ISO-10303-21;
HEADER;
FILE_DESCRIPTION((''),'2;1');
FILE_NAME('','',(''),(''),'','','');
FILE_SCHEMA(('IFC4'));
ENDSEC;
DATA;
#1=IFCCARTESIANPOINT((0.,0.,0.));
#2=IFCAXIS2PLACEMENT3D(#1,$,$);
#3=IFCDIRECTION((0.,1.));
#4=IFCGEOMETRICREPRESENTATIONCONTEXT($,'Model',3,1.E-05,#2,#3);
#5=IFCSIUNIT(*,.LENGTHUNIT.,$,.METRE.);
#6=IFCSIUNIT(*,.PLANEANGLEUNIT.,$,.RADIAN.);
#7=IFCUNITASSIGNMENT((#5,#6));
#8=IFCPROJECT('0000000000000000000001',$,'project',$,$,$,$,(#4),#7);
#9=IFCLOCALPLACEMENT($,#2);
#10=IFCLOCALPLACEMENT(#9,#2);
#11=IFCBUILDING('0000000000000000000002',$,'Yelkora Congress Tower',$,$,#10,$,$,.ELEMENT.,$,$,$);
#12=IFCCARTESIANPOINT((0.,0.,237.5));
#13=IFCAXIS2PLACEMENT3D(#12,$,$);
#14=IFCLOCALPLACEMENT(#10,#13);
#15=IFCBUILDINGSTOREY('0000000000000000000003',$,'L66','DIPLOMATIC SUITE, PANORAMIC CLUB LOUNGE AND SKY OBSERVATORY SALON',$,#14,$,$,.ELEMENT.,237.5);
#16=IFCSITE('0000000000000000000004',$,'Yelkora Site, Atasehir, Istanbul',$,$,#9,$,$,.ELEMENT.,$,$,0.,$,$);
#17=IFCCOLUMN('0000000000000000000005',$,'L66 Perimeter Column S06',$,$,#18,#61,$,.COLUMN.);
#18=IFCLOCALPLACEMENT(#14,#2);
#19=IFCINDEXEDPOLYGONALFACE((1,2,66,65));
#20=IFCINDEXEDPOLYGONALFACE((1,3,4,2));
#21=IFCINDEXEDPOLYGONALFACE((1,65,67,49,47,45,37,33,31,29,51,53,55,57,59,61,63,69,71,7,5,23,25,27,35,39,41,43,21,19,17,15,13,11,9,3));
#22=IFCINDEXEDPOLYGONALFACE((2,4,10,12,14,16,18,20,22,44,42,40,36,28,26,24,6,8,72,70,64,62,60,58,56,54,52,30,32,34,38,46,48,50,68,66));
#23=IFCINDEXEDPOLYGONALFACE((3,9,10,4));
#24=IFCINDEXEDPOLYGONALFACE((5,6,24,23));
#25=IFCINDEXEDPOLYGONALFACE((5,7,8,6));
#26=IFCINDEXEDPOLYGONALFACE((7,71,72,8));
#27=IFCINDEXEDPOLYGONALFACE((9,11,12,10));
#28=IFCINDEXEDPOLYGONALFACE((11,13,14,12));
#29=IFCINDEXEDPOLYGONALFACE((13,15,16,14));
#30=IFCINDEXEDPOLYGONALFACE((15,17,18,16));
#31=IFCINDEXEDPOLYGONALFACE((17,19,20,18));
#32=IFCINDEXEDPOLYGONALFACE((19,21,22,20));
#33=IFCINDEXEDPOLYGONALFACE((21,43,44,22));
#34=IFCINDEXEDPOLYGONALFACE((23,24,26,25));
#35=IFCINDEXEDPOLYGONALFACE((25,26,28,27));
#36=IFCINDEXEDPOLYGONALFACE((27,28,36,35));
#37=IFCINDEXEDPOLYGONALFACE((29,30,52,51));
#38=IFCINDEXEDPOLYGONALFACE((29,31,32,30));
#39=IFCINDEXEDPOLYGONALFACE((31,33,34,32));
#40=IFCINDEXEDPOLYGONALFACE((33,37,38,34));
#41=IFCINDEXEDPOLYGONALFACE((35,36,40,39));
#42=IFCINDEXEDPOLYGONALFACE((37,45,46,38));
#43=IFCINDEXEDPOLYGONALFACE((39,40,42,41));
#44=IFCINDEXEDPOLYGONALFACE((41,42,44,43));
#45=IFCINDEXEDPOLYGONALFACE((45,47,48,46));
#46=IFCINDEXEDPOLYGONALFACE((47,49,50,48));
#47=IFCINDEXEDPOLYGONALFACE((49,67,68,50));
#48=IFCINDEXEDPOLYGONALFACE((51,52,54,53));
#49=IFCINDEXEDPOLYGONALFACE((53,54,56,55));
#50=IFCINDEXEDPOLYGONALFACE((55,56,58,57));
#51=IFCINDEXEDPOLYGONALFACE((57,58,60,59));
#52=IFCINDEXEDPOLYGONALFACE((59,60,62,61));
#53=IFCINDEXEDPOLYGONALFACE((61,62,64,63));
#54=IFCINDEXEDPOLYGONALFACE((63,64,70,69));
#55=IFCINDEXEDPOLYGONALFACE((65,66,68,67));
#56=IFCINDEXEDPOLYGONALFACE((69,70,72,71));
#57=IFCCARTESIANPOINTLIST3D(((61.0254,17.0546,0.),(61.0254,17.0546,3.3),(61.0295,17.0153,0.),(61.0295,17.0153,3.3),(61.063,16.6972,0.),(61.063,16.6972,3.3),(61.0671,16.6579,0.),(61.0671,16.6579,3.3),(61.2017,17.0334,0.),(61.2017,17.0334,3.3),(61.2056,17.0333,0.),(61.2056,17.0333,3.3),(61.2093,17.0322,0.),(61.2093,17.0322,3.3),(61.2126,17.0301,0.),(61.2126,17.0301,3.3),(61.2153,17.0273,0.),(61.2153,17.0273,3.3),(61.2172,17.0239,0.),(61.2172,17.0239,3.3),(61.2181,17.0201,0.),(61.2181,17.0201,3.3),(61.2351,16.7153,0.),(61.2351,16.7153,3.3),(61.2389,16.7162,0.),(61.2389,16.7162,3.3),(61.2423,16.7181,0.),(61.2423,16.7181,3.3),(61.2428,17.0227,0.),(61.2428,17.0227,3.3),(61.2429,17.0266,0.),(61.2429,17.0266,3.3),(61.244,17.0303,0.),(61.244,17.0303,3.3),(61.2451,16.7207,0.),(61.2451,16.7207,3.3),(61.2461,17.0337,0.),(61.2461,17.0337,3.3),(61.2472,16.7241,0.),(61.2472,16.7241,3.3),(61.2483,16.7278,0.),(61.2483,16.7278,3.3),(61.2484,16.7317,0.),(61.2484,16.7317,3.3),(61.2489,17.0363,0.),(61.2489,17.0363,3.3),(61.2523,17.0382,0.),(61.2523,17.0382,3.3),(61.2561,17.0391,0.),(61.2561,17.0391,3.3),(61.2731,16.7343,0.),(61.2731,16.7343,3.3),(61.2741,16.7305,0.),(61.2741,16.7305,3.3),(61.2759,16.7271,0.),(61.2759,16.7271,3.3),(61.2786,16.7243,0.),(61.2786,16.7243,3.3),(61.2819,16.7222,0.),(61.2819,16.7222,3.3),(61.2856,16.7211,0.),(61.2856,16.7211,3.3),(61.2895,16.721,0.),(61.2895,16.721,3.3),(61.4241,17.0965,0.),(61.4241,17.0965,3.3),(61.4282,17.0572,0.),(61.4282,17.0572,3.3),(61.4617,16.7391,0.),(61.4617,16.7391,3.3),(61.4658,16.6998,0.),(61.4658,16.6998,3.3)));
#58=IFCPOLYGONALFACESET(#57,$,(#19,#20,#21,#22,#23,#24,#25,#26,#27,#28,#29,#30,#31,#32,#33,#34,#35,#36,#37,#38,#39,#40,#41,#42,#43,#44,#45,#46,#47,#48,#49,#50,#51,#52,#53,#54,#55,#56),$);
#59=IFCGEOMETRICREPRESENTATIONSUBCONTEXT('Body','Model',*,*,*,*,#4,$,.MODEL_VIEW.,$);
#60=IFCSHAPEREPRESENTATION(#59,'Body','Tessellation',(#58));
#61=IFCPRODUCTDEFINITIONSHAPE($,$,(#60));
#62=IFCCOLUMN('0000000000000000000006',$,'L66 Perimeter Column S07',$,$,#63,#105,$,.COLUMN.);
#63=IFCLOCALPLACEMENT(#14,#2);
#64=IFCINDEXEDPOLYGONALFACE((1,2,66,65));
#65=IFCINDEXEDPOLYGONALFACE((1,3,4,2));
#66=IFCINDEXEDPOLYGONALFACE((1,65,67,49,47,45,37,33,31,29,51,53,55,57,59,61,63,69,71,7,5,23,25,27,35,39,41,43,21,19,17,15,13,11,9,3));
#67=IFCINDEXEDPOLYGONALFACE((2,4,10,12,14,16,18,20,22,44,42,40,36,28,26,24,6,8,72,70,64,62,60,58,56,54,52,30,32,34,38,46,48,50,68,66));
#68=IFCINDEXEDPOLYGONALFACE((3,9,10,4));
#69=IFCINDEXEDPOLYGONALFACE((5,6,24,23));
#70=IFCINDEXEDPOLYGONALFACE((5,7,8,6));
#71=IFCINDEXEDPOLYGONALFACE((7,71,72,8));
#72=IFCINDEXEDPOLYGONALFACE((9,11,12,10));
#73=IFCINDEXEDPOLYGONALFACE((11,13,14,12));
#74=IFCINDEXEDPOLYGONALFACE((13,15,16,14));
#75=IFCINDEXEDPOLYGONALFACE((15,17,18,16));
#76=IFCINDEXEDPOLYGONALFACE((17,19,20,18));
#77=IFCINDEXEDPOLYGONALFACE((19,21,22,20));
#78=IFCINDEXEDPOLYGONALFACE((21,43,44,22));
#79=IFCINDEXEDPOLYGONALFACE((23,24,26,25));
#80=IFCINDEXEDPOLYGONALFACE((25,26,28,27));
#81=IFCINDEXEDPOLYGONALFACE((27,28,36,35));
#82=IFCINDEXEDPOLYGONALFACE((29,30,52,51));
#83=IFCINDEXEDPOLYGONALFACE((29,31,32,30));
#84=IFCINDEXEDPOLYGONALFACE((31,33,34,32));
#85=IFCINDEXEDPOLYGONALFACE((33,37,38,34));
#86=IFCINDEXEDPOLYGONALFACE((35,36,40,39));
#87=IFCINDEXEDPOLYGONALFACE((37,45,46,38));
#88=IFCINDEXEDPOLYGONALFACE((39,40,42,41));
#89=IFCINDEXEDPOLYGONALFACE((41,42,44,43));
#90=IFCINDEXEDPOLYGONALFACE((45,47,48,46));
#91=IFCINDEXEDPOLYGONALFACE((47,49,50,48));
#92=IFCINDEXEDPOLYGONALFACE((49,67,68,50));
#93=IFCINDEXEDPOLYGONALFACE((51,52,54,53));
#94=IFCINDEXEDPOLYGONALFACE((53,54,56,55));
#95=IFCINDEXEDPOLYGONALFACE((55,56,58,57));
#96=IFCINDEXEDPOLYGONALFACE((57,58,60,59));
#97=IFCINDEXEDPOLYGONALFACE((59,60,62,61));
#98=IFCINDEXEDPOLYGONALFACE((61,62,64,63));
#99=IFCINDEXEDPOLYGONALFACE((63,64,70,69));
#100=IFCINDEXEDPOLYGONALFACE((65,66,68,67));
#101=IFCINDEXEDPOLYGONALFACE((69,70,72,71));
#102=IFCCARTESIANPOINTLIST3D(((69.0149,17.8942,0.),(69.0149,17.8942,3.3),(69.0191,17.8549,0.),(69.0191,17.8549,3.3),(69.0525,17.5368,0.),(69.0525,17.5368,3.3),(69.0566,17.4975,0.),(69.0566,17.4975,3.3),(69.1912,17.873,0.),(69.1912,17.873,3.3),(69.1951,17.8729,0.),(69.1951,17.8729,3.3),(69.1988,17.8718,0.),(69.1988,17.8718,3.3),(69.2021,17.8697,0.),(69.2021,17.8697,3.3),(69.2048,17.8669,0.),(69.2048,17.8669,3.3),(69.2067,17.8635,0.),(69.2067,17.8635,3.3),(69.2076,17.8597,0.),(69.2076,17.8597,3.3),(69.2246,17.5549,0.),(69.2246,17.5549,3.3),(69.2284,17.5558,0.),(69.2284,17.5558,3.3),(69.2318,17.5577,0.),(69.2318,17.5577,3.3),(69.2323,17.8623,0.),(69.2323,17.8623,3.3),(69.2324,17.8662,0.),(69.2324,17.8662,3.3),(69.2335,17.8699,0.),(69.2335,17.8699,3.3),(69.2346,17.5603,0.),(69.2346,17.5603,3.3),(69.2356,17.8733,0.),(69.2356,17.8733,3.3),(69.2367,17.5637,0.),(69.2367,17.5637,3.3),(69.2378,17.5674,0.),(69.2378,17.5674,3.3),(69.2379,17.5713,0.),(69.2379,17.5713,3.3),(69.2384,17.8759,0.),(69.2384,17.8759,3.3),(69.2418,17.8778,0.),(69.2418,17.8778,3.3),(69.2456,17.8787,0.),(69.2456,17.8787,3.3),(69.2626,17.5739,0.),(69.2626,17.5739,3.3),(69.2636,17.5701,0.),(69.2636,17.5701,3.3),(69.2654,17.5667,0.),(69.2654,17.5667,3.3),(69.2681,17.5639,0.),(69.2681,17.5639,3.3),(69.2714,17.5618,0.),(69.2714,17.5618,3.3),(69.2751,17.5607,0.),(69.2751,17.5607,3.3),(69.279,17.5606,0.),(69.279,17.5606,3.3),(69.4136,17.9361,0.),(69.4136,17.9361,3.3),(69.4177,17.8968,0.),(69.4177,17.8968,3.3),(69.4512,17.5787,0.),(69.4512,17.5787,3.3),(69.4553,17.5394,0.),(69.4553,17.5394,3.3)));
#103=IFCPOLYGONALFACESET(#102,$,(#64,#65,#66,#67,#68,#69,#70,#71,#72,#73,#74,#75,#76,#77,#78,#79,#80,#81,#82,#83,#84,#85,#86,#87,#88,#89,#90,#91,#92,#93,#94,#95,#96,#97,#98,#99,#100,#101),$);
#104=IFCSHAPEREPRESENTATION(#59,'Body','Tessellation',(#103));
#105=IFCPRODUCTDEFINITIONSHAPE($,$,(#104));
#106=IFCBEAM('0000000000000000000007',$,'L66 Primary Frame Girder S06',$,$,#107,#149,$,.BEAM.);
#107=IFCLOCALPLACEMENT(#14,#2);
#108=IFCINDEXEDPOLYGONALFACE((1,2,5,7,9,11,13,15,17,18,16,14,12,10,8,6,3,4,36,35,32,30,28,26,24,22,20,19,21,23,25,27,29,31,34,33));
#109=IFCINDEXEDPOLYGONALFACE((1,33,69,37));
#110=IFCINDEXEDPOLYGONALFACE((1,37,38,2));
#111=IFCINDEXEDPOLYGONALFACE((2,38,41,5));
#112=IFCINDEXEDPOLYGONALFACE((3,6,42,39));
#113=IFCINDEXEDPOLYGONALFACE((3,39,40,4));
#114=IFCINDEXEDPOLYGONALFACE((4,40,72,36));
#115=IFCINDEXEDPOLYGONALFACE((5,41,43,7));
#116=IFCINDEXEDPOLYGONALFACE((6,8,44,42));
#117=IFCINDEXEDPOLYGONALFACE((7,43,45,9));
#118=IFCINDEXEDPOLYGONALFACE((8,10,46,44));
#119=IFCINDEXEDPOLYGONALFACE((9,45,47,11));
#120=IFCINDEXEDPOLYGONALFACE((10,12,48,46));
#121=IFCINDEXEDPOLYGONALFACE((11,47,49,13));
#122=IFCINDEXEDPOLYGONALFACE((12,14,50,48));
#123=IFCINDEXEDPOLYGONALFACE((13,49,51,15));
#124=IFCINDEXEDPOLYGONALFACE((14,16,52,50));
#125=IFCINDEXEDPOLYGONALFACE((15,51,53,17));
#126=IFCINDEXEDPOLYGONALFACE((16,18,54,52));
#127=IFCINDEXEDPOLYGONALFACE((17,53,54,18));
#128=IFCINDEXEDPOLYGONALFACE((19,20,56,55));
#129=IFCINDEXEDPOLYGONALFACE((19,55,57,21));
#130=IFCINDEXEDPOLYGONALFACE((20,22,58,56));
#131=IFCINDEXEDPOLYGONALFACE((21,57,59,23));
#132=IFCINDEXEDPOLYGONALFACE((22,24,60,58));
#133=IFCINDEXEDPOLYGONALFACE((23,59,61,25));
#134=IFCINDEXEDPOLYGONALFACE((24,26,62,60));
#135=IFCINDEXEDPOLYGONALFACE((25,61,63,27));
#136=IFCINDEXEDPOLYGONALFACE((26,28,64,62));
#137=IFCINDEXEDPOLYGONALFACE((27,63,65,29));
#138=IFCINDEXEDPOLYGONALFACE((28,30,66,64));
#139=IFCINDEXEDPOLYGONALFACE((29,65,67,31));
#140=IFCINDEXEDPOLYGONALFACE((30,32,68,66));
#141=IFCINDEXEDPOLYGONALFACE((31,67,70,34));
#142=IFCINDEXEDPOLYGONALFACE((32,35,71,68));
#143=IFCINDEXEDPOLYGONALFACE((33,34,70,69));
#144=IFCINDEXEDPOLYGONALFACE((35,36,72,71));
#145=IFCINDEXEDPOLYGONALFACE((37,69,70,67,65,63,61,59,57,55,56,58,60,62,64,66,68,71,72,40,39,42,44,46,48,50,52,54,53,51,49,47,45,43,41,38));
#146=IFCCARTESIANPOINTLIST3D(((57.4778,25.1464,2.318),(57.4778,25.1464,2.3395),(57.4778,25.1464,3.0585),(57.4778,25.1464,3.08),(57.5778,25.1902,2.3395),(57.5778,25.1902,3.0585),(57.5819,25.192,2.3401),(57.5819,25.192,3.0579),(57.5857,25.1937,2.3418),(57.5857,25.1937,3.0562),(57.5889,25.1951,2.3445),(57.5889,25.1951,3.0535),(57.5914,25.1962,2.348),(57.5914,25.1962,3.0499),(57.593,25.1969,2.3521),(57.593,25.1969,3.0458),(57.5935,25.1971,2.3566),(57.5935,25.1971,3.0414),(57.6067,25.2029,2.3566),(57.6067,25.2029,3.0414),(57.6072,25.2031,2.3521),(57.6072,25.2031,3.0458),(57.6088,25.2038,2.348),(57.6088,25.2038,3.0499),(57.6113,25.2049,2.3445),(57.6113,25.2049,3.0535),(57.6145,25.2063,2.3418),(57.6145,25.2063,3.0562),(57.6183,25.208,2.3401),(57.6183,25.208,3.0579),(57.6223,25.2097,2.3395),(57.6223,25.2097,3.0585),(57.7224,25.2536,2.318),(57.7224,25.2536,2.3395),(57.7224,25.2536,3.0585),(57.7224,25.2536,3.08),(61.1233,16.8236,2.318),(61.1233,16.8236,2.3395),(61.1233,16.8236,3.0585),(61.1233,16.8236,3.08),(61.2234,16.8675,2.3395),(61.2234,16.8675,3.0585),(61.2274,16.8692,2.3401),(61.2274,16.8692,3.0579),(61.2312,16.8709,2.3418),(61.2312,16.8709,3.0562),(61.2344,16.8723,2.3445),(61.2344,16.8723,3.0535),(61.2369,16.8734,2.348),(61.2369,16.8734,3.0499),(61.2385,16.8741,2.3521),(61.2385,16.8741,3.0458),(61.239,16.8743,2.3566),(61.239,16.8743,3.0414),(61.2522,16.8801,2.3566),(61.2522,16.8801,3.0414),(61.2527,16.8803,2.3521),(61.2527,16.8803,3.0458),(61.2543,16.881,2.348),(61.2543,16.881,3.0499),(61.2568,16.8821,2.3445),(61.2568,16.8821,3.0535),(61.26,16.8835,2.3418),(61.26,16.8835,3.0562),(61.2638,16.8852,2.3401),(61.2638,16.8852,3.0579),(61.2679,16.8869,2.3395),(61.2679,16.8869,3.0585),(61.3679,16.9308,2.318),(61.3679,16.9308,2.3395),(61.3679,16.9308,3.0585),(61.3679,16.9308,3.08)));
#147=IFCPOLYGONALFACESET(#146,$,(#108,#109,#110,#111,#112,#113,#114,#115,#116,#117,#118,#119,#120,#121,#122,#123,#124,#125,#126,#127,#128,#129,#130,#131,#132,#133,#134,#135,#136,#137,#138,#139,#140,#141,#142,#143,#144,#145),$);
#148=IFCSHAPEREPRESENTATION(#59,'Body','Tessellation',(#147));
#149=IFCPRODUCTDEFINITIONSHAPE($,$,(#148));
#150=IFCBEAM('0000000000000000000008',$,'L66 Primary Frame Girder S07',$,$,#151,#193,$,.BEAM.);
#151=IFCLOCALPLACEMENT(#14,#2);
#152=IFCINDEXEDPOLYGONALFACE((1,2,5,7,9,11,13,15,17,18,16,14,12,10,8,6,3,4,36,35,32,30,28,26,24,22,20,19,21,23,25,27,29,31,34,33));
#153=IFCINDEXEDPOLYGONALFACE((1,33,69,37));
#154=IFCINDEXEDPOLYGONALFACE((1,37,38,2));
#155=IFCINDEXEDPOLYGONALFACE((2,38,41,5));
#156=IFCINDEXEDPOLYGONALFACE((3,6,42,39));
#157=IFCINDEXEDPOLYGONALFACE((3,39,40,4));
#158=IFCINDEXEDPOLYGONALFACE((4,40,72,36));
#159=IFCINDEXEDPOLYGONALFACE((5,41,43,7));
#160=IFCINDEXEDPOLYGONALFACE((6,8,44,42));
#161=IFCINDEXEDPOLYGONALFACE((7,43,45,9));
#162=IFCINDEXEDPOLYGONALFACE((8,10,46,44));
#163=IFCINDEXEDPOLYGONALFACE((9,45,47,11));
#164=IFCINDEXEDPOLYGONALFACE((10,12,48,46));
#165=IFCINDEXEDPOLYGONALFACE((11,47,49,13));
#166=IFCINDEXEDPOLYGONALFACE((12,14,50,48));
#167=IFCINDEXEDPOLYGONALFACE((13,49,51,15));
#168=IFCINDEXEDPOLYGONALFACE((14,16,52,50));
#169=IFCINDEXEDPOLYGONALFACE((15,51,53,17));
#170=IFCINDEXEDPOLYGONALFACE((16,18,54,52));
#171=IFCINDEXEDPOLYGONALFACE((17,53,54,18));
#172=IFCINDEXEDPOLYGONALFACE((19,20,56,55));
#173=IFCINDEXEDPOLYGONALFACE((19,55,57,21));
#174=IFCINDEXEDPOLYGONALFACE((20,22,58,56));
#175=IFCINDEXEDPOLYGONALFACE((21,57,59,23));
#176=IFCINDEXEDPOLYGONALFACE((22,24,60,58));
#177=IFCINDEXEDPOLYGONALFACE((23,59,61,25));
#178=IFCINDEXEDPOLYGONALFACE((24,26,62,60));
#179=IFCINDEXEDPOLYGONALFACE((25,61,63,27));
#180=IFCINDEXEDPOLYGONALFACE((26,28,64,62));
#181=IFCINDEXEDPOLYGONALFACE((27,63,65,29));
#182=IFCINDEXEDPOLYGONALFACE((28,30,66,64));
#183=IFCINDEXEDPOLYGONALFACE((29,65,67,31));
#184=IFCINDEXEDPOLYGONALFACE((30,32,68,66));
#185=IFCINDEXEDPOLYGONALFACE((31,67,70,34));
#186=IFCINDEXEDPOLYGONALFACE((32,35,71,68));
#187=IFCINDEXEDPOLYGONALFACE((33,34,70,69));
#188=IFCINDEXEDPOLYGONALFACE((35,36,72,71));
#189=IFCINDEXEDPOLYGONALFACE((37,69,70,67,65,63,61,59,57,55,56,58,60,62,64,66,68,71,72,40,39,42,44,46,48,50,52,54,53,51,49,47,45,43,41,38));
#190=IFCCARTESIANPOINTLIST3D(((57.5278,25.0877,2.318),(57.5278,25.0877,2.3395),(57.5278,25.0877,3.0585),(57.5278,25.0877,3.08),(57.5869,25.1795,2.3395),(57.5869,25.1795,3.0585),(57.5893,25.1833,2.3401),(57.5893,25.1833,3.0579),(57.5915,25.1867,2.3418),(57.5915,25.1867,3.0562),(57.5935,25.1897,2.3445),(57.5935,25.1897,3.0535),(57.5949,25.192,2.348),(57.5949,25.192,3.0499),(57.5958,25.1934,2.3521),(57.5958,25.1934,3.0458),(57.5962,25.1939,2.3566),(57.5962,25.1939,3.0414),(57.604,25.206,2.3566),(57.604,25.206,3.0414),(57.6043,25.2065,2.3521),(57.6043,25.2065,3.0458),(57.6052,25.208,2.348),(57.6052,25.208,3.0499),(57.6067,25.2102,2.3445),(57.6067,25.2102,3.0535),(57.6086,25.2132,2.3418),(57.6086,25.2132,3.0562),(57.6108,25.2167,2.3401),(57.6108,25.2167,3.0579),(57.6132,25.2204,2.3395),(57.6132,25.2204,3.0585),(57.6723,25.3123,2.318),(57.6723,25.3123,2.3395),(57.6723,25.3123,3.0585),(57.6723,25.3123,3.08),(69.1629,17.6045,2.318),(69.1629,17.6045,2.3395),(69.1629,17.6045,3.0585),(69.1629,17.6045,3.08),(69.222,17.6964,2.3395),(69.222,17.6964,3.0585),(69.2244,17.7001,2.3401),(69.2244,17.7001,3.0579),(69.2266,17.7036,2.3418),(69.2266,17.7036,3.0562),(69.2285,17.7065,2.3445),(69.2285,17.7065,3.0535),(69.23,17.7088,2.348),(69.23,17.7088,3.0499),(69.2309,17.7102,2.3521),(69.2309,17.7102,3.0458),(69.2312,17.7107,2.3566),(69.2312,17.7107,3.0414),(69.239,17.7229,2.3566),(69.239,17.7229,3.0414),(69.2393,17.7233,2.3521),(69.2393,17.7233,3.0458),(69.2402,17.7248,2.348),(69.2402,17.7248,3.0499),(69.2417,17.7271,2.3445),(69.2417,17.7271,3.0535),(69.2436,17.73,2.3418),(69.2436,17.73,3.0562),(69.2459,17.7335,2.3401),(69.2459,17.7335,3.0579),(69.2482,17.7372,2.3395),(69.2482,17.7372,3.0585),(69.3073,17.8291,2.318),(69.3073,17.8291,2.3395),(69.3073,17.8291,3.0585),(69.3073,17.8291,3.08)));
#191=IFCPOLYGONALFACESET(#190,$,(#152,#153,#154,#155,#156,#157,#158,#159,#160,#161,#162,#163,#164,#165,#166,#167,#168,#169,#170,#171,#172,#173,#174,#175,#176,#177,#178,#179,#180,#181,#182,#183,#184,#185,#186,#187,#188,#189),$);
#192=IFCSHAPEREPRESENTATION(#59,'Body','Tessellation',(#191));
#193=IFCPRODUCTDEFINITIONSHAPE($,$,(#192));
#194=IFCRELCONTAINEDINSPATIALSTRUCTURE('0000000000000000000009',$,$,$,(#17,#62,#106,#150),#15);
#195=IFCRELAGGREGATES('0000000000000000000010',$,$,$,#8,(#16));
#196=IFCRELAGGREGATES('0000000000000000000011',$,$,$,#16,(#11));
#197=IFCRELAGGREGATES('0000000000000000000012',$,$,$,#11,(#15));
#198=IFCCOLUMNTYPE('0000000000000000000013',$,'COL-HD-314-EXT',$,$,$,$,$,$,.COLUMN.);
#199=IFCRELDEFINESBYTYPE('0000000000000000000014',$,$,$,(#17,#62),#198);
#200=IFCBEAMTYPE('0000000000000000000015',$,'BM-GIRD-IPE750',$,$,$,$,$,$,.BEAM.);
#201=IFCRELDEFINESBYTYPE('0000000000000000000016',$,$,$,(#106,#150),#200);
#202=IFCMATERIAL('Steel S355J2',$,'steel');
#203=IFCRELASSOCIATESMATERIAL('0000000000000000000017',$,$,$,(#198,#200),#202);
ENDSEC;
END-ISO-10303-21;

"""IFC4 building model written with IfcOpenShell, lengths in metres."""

from ifc_helpers import new_model, si_unit, direction, frame, origin, origin_2d, place, context, subcontext, project, spatial, i_section, extrude, material, material_profile, profile_set, type_object, element, save


model = new_model("IFC4")

# Units and contexts
model_context = context("Model", 3, precision=1e-05, world=origin(), true_north=direction((0.0, 1.0)))
body_context = subcontext(model_context, "Body", "Model", "MODEL_VIEW")
ifc_project = project(units=[si_unit("LENGTHUNIT", "METRE"), si_unit("PLANEANGLEUNIT", "RADIAN")], contexts=[model_context])

# Site, building, storey
site_placement = place(None, origin())
site = spatial("IfcSite", under=ifc_project, at=site_placement, Name="Yelkora Site, Atasehir, Istanbul", CompositionType="ELEMENT", RefElevation=0.0)
building_placement = place(site_placement, origin())
building = spatial("IfcBuilding", under=site, at=building_placement, Name="Yelkora Congress Tower", CompositionType="ELEMENT")
storey_placement = place(building_placement, frame((0.0, 0.0, 237.5)))
storey = spatial("IfcBuildingStorey", under=building, at=storey_placement, Name="L66", Description="DIPLOMATIC SUITE, PANORAMIC CLUB LOUNGE AND SKY OBSERVATORY SALON", CompositionType="ELEMENT", Elevation=237.5)

# Columns
ifc_material_1 = material(Name="Steel S355J2", Category="steel")
ifc_material_profile_1 = material_profile(ifc_material_1, i_section(OverallWidth=0.4009, OverallDepth=0.3989, WebThickness=0.0249, FlangeThickness=0.0396, FilletRadius=0.0149, at=origin_2d()), Name="HD 400x314")
ifc_profile_set_1 = profile_set([ifc_material_profile_1], Name="Steel S355J2")
column_type = type_object("IfcColumnType", Name="COL-HD-314-EXT", PredefinedType="COLUMN", material=ifc_profile_set_1)
for number, where, z_axis, x_axis, name in (
    (1, (61.2456, 16.8772, 0.0), (0.0, 0.0, 1.0), (0.994522, 0.104528, 0.0), "L66 Perimeter Column S06"),
    (2, (69.2351, 17.7168, 0.0), (0.0, 0.0, 1.0), (0.994522, 0.104528, 0.0), "L66 Perimeter Column S07"),
):
    element("IfcColumn", number, at=place(storey_placement, frame(where, z_axis=z_axis, x_axis=x_axis)), inside=storey, type_object=column_type, Name=name, PredefinedType="COLUMN", context=body_context, shape_type="SweptSolid", body=[
        extrude(i_section(OverallWidth=0.4009, OverallDepth=0.3989, WebThickness=0.0249, FlangeThickness=0.0396, FilletRadius=0.0149, at=origin_2d()), origin(), (0.0, 0.0, 1.0), 3.3),
    ])

# Beams
ifc_material_profile_2 = material_profile(ifc_material_1, i_section(OverallWidth=0.2671, OverallDepth=0.762, WebThickness=0.0144, FlangeThickness=0.0215, FilletRadius=0.0171, at=origin_2d()), Name="IPE 750x173")
ifc_profile_set_2 = profile_set([ifc_material_profile_2], Name="Steel S355J2")
beam_type_1 = type_object("IfcBeamType", Name="BM-GIRD-IPE750", PredefinedType="BEAM", material=ifc_profile_set_2)
beam_1_placement = place(storey_placement, frame((61.2456, 16.8772, 2.699), z_axis=(-0.401216, 0.915983, 0.0), x_axis=(-0.915983, -0.401216, 0.0)))
element("IfcBeam", 3, at=beam_1_placement, inside=storey, type_object=beam_type_1, Name="L66 Primary Frame Girder S06", PredefinedType="BEAM", context=body_context, shape_type="SweptSolid", body=[
    extrude(i_section(OverallWidth=0.2671, OverallDepth=0.762, WebThickness=0.0144, FlangeThickness=0.0215, FilletRadius=0.0171, at=origin_2d()), origin(), (0.0, 0.0, 1.0), 9.0862),
])
beam_2_placement = place(storey_placement, frame((69.2351, 17.7168, 2.699), z_axis=(-0.841063, 0.540937, 0.0), x_axis=(-0.540937, -0.841063, 0.0)))
element("IfcBeam", 4, at=beam_2_placement, inside=storey, type_object=beam_type_1, Name="L66 Primary Frame Girder S07", PredefinedType="BEAM", context=body_context, shape_type="SweptSolid", body=[
    extrude(i_section(OverallWidth=0.2671, OverallDepth=0.762, WebThickness=0.0144, FlangeThickness=0.0215, FilletRadius=0.0171, at=origin_2d()), origin(), (0.0, 0.0, 1.0), 13.8337),
])

save(model, "model.ifc")
